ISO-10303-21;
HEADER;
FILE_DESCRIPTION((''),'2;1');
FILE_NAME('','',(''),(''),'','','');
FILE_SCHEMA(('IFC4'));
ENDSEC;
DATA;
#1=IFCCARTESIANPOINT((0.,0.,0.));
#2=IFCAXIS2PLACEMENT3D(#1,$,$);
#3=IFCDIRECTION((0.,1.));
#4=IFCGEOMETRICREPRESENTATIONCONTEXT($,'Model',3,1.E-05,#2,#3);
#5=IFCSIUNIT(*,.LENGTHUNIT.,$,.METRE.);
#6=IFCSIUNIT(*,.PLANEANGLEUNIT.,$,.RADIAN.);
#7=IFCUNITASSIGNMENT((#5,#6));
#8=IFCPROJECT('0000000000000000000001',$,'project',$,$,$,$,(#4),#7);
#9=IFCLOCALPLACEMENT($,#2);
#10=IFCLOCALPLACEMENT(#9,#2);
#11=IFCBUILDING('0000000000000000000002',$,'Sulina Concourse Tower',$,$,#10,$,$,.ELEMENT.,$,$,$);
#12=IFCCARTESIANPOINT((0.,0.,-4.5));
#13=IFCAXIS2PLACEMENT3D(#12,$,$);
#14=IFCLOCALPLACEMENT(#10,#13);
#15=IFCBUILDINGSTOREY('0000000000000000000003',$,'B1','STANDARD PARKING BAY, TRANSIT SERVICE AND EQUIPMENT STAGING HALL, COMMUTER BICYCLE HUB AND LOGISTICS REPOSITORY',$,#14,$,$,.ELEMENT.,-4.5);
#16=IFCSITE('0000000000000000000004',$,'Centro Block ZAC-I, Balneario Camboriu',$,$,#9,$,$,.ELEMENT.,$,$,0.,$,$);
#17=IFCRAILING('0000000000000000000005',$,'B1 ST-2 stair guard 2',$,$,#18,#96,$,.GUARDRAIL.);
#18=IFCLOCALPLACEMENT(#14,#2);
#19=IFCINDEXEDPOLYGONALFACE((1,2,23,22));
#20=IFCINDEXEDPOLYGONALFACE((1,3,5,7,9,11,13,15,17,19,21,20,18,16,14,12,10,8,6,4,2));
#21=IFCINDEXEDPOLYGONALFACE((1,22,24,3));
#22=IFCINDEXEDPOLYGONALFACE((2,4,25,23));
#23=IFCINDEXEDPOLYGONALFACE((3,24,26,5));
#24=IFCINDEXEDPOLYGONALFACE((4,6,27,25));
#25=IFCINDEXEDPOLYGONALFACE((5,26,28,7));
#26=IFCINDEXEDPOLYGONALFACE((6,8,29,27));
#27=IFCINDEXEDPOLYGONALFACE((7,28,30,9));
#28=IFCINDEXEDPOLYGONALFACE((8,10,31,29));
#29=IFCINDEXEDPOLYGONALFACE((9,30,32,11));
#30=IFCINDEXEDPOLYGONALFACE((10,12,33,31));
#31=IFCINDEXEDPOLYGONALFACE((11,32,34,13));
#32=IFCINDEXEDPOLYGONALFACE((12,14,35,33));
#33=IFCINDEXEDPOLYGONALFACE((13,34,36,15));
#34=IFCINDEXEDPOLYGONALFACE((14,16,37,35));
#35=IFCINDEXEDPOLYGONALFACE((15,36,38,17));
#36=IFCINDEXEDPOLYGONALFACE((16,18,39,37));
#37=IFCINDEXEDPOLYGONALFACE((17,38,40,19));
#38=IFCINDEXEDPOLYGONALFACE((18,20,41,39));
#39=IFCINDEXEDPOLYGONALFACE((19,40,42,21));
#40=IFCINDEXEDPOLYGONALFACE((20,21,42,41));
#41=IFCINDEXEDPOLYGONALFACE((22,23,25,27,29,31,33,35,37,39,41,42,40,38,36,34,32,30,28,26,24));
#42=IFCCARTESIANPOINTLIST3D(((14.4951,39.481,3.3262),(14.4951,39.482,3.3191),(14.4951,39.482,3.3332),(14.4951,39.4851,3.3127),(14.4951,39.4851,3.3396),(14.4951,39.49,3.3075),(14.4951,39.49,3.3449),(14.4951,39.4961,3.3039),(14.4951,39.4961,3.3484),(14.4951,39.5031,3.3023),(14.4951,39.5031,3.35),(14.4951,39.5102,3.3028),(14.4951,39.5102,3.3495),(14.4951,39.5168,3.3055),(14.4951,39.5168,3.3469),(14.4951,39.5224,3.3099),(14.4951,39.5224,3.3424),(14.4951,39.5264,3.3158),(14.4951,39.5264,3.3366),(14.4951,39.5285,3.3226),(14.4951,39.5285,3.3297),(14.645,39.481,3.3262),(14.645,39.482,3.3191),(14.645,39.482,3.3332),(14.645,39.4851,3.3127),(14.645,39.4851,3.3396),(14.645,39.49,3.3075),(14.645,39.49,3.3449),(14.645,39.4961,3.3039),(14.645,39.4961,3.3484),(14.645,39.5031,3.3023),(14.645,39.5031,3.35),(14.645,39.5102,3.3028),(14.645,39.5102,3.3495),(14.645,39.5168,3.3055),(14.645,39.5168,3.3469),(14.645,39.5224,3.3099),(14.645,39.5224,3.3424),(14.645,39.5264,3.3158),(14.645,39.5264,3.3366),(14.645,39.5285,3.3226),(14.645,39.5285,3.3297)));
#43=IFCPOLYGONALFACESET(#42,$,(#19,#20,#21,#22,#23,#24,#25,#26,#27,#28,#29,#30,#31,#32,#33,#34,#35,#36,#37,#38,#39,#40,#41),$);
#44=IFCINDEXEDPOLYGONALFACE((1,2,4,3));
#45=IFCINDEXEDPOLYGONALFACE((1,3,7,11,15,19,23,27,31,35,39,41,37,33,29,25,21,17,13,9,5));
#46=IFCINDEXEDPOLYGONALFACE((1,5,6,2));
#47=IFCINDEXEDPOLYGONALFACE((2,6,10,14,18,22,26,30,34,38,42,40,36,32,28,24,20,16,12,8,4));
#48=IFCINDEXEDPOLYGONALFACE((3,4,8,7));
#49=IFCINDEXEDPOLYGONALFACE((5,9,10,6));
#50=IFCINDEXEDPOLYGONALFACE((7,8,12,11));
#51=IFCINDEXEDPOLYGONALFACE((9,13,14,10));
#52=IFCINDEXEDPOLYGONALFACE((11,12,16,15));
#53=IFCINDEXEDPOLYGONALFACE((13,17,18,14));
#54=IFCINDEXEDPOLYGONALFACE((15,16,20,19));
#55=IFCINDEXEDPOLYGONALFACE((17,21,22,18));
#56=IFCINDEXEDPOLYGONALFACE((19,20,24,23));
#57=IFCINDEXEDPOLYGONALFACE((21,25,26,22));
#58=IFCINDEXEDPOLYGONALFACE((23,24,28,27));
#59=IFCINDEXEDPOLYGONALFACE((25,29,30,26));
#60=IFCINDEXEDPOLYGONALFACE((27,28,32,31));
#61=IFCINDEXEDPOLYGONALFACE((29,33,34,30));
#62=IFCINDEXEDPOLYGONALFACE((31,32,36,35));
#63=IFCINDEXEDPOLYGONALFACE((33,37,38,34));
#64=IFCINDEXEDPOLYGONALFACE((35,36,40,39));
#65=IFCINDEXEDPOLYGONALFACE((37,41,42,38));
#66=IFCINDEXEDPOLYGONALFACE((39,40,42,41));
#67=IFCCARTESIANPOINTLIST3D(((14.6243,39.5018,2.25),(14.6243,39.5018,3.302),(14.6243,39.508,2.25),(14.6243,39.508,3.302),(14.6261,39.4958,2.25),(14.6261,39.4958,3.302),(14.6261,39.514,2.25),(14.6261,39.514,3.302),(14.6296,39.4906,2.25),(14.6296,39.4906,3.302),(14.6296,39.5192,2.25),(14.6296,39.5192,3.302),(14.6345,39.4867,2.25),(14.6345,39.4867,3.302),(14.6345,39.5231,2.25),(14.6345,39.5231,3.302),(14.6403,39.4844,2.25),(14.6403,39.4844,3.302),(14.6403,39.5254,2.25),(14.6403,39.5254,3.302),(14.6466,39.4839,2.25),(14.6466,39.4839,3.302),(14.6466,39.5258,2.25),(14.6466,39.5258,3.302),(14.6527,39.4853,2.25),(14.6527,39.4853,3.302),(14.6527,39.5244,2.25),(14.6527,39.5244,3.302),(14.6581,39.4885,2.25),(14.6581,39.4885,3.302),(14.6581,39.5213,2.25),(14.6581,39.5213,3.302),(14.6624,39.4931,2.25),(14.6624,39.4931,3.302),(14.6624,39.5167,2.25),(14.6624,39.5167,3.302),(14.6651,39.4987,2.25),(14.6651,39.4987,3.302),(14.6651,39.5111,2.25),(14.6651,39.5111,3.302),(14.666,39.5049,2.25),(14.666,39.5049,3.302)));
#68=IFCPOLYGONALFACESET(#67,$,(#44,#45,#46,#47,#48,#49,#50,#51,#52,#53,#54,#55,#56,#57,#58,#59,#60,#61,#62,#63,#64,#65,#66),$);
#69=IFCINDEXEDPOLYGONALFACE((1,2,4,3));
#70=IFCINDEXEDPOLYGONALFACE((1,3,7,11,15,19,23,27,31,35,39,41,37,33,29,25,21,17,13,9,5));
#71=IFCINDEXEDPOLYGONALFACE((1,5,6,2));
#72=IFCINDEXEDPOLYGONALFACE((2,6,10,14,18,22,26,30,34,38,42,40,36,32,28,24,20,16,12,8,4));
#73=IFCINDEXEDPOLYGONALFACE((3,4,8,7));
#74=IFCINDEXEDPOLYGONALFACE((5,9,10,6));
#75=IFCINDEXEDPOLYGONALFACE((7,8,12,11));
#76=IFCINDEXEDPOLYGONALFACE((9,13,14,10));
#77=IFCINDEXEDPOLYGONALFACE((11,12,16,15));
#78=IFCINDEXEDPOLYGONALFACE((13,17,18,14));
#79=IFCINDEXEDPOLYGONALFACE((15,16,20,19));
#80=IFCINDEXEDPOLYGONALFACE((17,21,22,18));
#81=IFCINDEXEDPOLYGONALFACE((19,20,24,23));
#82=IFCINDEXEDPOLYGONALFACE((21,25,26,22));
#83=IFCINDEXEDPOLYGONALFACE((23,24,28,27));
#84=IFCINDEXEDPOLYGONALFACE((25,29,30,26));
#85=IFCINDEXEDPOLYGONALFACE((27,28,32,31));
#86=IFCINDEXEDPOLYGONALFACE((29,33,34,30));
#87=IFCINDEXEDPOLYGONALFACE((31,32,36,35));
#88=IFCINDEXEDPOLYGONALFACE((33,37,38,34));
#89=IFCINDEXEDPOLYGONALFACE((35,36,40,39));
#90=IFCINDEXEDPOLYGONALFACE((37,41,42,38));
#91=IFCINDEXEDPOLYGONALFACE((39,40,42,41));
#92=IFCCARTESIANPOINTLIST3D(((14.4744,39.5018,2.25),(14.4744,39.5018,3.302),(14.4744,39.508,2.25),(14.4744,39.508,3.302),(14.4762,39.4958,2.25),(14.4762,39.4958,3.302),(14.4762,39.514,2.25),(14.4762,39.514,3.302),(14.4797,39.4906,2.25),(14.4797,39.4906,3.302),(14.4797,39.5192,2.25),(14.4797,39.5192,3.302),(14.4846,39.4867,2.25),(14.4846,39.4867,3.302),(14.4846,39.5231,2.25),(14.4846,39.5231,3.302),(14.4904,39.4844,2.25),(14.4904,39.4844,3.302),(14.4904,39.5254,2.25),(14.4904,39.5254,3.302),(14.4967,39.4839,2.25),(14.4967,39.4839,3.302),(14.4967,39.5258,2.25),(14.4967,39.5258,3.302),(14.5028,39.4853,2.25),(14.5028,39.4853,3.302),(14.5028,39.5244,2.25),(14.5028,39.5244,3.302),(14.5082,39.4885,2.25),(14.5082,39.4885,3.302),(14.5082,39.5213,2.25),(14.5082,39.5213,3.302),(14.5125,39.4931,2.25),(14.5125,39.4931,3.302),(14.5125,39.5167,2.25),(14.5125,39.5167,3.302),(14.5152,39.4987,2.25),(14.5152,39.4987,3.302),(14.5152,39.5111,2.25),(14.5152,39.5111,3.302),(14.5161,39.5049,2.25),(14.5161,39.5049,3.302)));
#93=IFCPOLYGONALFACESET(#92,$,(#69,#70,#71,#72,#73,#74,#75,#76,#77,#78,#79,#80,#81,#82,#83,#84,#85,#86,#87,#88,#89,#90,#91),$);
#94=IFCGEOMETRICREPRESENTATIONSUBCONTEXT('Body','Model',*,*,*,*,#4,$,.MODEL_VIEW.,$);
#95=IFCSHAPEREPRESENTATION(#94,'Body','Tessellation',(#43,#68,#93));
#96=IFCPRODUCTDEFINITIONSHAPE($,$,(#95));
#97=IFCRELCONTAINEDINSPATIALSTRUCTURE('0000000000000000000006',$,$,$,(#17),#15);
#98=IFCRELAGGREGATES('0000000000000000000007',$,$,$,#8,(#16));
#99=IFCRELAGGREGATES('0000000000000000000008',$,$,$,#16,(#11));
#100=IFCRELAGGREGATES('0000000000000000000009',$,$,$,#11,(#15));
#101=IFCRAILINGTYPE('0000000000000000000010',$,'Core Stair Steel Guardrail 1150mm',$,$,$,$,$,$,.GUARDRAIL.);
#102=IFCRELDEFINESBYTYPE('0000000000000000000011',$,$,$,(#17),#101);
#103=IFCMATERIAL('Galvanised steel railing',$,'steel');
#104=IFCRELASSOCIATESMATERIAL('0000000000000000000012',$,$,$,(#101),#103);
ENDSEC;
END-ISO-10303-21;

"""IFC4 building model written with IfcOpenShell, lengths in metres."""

from ifc_helpers import new_model, si_unit, direction, frame, origin, origin_2d, place, context, subcontext, project, spatial, circle, extrude, material, type_object, element, save


model = new_model("IFC4")

# Units and contexts
model_context = context("Model", 3, precision=1e-05, world=origin(), true_north=direction((0.0, 1.0)))
body_context = subcontext(model_context, "Body", "Model", "MODEL_VIEW")
ifc_project = project(units=[si_unit("LENGTHUNIT", "METRE"), si_unit("PLANEANGLEUNIT", "RADIAN")], contexts=[model_context])

# Site, building, storey
site_placement = place(None, origin())
site = spatial("IfcSite", under=ifc_project, at=site_placement, Name="Centro Block ZAC-I, Balneario Camboriu", CompositionType="ELEMENT", RefElevation=0.0)
building_placement = place(site_placement, origin())
building = spatial("IfcBuilding", under=site, at=building_placement, Name="Sulina Concourse Tower", CompositionType="ELEMENT")
storey_placement = place(building_placement, frame((0.0, 0.0, -4.5)))
storey = spatial("IfcBuildingStorey", under=building, at=storey_placement, Name="B1", Description="STANDARD PARKING BAY, TRANSIT SERVICE AND EQUIPMENT STAGING HALL, COMMUTER BICYCLE HUB AND LOGISTICS REPOSITORY", CompositionType="ELEMENT", Elevation=-4.5)

# Railing
ifc_material_1 = material(Name="Galvanised steel railing", Category="steel")
railing_type_1 = type_object("IfcRailingType", Name="Core Stair Steel Guardrail 1150mm", PredefinedType="GUARDRAIL", material=ifc_material_1)
railing_1_placement = place(storey_placement, frame((14.645, 39.5049, 2.25)))
element("IfcRailing", 1, at=railing_1_placement, inside=storey, type_object=railing_type_1, Name="B1 ST-2 stair guard 2", PredefinedType="GUARDRAIL", context=body_context, shape_type="SweptSolid", body=[
    extrude(circle(Radius=0.0239, at=origin_2d()), frame((0.0, 0.0, 1.0762), z_axis=(-1.0, 0.0, 0.0), x_axis=(0.0, -1.0, 0.0)), (0.0, 0.0, 1.0), 0.1499),
    extrude(circle(Radius=0.021, at=origin_2d()), origin(), (0.0, 0.0, 1.0), 1.052),
    extrude(circle(Radius=0.021, at=origin_2d()), frame((-0.1499, 0.0, 0.0)), (0.0, 0.0, 1.0), 1.052),
])

save(model, "model.ifc")
